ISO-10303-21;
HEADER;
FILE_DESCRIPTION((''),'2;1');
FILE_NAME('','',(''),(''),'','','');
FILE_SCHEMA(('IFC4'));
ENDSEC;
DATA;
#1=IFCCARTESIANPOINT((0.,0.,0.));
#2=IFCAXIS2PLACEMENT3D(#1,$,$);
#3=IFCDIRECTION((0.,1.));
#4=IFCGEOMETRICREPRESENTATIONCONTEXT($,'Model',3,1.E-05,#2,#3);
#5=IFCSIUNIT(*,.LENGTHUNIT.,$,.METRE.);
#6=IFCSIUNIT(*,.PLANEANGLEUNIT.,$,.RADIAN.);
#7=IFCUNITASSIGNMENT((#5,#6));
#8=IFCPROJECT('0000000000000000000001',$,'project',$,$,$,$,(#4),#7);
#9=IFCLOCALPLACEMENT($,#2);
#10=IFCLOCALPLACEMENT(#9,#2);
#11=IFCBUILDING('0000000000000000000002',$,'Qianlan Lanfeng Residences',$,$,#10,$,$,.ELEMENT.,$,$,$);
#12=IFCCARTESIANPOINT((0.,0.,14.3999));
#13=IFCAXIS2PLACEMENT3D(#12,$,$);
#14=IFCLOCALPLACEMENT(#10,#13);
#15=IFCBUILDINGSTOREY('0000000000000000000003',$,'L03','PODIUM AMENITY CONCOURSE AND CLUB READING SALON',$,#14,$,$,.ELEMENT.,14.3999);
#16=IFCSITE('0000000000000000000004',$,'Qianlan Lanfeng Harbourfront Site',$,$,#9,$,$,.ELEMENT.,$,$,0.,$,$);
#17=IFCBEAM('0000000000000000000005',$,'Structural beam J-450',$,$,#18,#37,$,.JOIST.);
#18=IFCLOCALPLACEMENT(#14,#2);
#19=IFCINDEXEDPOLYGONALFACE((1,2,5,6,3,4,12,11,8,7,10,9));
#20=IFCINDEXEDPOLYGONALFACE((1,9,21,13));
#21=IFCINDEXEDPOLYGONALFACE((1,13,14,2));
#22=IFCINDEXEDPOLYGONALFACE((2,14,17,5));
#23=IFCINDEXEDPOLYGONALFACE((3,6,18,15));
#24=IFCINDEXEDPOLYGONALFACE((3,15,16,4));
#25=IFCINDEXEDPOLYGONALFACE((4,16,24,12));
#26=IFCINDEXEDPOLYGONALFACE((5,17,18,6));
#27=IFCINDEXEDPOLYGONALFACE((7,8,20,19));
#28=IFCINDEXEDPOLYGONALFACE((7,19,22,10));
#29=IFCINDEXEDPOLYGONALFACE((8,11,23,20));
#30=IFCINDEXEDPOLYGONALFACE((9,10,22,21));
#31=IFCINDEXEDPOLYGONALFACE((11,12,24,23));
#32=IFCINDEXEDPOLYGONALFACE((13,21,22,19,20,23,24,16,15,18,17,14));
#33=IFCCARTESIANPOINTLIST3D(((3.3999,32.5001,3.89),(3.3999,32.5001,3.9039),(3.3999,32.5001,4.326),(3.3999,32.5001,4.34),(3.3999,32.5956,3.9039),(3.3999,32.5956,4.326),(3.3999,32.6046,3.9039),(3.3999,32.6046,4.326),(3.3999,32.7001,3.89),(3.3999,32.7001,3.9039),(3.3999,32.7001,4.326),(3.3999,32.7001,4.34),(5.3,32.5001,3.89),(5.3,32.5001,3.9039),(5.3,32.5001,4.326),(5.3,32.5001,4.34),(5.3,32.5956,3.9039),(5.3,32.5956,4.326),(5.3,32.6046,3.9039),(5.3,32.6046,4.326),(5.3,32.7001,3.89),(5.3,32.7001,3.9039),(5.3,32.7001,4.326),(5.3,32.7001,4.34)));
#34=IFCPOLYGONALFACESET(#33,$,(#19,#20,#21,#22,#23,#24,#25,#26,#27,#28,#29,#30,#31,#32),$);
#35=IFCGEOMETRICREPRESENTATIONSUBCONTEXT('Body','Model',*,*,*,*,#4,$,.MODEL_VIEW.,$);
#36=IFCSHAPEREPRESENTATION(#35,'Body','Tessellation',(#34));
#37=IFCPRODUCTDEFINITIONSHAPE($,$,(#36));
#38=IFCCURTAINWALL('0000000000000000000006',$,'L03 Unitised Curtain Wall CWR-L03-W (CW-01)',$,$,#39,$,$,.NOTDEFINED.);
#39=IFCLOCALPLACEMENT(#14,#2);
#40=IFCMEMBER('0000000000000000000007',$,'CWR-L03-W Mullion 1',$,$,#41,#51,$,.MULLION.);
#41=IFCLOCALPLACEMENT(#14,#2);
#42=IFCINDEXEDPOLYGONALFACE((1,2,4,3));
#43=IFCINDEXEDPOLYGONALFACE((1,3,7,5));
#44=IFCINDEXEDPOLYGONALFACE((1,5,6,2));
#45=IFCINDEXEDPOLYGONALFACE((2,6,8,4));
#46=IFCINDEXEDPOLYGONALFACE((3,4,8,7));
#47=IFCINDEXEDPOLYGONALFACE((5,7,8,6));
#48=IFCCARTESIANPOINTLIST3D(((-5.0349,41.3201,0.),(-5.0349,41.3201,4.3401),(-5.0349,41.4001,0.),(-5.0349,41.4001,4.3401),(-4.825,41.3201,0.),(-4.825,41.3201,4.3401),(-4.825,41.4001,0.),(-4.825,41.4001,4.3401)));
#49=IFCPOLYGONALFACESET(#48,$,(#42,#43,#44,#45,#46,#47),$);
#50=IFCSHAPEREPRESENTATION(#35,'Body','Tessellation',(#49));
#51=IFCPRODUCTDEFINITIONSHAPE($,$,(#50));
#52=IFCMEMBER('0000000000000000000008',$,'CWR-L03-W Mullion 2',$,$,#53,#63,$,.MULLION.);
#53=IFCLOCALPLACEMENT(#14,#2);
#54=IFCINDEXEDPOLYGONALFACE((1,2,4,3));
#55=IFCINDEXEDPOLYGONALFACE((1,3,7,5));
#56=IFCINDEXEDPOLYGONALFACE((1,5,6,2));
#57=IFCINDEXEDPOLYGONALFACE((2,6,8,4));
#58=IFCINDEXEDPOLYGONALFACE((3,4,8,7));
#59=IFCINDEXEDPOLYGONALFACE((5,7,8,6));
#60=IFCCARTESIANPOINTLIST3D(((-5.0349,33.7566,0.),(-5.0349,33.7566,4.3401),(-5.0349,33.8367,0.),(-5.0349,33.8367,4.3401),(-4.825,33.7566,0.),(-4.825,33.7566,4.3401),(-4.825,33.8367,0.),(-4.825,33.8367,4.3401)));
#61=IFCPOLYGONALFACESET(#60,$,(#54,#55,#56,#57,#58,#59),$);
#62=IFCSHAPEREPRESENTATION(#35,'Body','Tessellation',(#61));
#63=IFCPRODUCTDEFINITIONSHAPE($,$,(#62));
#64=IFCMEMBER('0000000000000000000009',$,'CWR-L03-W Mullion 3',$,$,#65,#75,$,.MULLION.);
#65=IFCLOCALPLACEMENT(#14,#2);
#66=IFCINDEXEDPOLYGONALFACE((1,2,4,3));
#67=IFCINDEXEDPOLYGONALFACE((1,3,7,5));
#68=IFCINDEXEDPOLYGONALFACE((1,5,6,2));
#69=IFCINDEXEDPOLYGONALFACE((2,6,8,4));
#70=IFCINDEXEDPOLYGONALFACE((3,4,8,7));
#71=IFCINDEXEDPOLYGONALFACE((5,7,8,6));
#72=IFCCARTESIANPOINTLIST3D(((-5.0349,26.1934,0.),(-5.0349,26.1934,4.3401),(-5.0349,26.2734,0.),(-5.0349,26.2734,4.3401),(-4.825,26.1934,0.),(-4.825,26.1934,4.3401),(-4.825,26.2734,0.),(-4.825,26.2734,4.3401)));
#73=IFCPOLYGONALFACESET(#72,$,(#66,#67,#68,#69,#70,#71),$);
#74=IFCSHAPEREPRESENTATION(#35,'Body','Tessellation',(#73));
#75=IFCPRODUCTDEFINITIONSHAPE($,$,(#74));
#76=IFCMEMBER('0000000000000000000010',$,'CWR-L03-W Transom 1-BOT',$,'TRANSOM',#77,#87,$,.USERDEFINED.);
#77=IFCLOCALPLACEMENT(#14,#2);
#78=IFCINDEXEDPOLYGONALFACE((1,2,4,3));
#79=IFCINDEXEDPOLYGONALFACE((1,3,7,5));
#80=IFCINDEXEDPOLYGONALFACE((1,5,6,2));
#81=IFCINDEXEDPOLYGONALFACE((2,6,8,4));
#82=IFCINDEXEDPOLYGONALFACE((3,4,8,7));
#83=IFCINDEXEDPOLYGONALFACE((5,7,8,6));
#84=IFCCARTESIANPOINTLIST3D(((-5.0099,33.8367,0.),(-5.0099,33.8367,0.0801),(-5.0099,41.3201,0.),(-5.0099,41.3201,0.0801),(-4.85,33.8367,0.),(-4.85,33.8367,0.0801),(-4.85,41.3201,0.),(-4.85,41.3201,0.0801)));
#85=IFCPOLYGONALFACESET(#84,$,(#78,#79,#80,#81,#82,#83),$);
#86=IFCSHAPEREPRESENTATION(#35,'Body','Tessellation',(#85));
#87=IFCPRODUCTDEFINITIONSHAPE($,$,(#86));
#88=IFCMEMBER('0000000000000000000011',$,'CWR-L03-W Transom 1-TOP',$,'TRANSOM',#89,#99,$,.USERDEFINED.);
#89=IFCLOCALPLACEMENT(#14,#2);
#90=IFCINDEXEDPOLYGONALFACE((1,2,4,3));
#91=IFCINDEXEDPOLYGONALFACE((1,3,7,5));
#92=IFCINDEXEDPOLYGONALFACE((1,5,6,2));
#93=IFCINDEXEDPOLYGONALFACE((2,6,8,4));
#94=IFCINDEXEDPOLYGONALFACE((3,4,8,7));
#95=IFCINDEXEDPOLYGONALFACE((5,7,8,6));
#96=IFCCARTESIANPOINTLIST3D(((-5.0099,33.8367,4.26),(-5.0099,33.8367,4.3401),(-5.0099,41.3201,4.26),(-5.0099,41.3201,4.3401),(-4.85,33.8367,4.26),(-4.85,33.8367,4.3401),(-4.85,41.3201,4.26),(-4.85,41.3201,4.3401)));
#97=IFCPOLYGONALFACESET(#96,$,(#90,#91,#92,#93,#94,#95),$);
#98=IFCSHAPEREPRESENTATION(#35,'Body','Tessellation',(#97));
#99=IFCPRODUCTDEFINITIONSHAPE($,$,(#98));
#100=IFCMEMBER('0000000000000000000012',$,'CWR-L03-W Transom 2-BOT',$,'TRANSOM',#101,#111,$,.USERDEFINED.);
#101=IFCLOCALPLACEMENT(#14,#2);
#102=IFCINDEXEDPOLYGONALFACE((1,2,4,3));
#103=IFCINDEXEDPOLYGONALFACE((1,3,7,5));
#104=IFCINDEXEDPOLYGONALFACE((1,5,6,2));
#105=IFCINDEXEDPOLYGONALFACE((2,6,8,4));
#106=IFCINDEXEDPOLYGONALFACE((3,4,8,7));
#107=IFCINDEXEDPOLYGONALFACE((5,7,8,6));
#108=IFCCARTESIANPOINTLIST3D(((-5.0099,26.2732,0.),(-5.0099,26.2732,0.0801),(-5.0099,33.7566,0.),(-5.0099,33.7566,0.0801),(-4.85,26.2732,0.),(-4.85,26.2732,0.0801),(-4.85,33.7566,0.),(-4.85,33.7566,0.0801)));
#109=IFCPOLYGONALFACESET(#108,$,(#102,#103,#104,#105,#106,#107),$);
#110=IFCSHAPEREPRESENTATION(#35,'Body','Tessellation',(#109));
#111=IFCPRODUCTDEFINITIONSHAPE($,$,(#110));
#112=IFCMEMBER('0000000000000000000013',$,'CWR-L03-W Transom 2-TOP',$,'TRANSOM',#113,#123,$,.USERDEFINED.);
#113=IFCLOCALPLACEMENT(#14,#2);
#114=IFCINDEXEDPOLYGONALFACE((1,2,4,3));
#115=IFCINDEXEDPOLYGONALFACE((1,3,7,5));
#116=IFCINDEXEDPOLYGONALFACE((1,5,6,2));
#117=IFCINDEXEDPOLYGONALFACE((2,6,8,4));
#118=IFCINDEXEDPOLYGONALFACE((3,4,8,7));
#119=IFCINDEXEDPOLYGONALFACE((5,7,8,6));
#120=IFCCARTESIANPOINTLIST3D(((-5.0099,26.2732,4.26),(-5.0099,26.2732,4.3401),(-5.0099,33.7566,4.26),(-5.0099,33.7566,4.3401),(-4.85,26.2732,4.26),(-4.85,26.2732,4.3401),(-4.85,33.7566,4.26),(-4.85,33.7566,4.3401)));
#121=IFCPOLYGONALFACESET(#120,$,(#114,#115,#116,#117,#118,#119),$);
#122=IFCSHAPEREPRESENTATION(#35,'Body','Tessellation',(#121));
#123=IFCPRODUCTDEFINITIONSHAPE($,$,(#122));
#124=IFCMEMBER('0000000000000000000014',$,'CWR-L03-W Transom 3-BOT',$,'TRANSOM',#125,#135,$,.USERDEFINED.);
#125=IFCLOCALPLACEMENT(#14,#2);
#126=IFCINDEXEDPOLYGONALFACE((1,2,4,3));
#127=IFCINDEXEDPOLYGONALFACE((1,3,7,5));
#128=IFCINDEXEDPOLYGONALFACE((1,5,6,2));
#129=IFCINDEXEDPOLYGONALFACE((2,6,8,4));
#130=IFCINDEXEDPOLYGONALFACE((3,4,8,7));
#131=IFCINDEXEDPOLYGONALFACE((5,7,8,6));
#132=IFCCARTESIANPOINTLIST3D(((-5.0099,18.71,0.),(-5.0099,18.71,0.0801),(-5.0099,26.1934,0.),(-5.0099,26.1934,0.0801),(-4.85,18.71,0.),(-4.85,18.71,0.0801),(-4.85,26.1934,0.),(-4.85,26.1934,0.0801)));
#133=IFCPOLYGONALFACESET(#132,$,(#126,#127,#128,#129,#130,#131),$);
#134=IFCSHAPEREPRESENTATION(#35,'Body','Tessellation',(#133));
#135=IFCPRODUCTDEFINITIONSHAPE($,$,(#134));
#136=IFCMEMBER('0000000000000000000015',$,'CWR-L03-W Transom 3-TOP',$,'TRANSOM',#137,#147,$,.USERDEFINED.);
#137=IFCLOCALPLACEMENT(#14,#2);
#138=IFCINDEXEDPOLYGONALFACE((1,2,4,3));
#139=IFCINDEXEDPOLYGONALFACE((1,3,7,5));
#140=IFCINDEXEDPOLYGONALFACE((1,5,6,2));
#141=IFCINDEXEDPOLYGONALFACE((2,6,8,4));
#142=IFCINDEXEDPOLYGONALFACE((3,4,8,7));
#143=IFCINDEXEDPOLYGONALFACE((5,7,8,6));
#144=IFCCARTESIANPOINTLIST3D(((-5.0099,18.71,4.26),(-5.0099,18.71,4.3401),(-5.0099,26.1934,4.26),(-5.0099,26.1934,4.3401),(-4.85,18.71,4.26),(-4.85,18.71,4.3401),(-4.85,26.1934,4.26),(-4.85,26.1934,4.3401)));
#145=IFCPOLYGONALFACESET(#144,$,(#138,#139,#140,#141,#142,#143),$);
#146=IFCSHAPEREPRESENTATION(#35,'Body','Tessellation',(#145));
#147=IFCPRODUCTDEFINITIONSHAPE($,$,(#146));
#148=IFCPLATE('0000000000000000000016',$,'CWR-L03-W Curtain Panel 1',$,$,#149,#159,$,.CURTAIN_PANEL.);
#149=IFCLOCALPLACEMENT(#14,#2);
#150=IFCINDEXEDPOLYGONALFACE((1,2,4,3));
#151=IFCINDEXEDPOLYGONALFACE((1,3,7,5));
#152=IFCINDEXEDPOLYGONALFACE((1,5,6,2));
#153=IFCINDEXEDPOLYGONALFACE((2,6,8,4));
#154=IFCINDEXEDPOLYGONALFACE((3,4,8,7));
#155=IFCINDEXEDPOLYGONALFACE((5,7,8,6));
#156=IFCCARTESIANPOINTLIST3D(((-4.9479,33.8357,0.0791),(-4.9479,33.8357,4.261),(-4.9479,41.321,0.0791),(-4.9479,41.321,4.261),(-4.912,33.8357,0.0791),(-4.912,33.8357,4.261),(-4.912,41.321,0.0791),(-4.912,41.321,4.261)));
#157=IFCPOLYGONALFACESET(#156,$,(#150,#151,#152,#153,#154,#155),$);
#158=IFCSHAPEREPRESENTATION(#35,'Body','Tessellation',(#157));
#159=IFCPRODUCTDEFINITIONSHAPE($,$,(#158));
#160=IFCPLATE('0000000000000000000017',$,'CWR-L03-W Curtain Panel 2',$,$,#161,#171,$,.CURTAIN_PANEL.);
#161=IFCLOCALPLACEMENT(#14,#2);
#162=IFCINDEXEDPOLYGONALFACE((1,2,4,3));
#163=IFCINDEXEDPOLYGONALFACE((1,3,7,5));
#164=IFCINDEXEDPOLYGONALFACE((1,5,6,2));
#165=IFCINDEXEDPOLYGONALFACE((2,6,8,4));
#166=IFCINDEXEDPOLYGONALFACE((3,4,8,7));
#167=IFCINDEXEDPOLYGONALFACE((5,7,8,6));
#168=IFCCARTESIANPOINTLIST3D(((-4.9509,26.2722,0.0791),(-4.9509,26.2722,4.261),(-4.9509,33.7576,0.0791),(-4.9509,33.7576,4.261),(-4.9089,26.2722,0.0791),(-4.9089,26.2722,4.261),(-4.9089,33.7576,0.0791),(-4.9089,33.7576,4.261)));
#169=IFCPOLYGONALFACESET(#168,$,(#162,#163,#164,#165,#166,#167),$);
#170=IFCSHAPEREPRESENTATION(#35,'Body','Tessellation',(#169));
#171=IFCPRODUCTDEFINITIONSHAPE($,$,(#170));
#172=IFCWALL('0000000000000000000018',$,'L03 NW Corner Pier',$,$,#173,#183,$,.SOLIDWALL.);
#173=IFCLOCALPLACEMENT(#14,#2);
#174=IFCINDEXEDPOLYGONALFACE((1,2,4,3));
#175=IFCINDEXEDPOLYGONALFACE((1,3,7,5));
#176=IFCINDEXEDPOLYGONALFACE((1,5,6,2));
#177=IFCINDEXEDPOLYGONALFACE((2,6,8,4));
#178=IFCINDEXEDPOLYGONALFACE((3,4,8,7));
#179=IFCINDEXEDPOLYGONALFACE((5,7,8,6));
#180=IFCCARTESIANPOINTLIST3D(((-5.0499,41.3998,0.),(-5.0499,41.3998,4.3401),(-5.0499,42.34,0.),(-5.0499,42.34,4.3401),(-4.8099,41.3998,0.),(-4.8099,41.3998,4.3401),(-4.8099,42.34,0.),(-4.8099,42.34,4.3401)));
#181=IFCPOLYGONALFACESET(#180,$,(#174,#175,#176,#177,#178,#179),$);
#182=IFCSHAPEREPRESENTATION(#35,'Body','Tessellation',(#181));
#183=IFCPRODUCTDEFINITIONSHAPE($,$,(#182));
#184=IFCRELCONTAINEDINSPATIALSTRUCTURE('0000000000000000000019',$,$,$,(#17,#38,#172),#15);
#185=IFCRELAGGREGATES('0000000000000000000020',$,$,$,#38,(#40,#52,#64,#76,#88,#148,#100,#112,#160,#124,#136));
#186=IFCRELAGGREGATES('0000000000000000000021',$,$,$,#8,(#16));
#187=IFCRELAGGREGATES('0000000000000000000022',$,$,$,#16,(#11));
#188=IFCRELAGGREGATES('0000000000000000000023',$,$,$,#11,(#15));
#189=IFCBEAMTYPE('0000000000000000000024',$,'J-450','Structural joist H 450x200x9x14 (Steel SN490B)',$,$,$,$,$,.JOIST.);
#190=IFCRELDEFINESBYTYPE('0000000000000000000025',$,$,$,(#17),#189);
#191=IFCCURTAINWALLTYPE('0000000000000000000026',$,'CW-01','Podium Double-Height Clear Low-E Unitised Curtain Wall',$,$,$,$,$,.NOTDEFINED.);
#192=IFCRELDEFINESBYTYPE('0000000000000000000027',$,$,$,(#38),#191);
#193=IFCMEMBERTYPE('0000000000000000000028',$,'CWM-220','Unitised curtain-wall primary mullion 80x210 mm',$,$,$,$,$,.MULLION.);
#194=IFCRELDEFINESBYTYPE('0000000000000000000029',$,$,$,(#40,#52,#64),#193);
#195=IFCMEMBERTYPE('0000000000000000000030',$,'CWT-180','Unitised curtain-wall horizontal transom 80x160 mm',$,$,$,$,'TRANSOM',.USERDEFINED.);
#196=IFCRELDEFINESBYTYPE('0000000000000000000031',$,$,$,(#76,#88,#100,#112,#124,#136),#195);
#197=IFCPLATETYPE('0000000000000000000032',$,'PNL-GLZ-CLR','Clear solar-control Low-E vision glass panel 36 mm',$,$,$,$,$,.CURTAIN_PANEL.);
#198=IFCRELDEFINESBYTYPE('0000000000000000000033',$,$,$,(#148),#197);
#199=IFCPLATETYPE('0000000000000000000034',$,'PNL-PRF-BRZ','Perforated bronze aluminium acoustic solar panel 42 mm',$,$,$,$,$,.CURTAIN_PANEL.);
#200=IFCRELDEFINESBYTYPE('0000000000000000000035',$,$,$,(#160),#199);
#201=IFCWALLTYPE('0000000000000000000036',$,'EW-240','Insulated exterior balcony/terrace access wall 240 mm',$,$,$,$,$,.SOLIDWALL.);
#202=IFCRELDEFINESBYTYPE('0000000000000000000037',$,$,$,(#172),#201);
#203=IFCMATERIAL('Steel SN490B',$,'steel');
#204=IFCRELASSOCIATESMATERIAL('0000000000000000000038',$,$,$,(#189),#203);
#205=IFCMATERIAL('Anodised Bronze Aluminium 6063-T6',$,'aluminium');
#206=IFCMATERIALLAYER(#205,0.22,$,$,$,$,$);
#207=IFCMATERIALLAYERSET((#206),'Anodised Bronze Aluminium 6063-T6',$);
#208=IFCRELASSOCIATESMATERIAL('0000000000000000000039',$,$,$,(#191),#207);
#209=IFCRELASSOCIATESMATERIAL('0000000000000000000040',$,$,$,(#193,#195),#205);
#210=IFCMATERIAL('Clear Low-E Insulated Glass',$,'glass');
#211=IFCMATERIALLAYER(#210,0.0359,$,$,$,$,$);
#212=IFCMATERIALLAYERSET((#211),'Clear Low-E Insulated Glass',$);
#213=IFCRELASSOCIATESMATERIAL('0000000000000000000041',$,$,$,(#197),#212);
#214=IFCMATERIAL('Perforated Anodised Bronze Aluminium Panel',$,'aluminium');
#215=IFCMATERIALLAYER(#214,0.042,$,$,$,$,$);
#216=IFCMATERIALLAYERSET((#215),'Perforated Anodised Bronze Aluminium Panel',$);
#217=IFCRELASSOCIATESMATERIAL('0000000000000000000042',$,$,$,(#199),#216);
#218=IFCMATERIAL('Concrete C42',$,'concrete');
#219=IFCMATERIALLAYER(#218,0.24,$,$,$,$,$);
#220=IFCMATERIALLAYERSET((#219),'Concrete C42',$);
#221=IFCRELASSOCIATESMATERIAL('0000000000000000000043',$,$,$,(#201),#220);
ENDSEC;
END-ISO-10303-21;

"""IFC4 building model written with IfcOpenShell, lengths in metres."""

from ifc_helpers import new_model, si_unit, direction, frame, frame_2d, origin, origin_2d, place, context, subcontext, project, spatial, rectangle, i_section, extrude, source, transform, mapped, material, layer, layer_set, material_profile, profile_set, type_object, element, aggregate, save


model = new_model("IFC4")

# Units and contexts
model_context = context("Model", 3, precision=1e-05, world=origin(), true_north=direction((0.0, 1.0)))
body_context = subcontext(model_context, "Body", "Model", "MODEL_VIEW")
ifc_project = project(units=[si_unit("LENGTHUNIT", "METRE"), si_unit("PLANEANGLEUNIT", "RADIAN")], contexts=[model_context])

# Site, building, storey
site_placement = place(None, origin())
site = spatial("IfcSite", under=ifc_project, at=site_placement, Name="Qianlan Lanfeng Harbourfront Site", CompositionType="ELEMENT", RefElevation=0.0)
building_placement = place(site_placement, origin())
building = spatial("IfcBuilding", under=site, at=building_placement, Name="Qianlan Lanfeng Residences", CompositionType="ELEMENT")
storey_placement = place(building_placement, frame((0.0, 0.0, 14.3999)))
storey = spatial("IfcBuildingStorey", under=building, at=storey_placement, Name="L03", Description="PODIUM AMENITY CONCOURSE AND CLUB READING SALON", CompositionType="ELEMENT", Elevation=14.3999)

# Beam
ifc_material_1 = material(Name="Steel SN490B", Category="steel")
ifc_material_profile_1 = material_profile(ifc_material_1, i_section(OverallWidth=0.2, OverallDepth=0.45, WebThickness=0.009, FlangeThickness=0.0139, at=origin_2d()), Name="H 450x200x9x14")
ifc_profile_set_1 = profile_set([ifc_material_profile_1], Name="Steel SN490B")
beam_type_1 = type_object("IfcBeamType", Name="J-450", Description="Structural joist H 450x200x9x14 (Steel SN490B)", PredefinedType="JOIST", material=ifc_profile_set_1)
for number, where, z_axis, x_axis, name in (
    (1, (3.3999, 32.6001, 4.115), (1.0, 0.0, 0.0), (0.0, 1.0, 0.0), "Structural beam J-450"),
):
    element("IfcBeam", number, at=place(storey_placement, frame(where, z_axis=z_axis, x_axis=x_axis)), inside=storey, type_object=beam_type_1, Name=name, PredefinedType="JOIST", context=body_context, shape_type="SweptSolid", body=[
        extrude(i_section(OverallWidth=0.2, OverallDepth=0.45, WebThickness=0.009, FlangeThickness=0.0139, at=origin_2d()), origin(), (0.0, 0.0, 1.0), 1.9001),
    ])

# Curtain wall, members, plates
ifc_material_2 = material(Name="Anodised Bronze Aluminium 6063-T6", Category="aluminium")
ifc_layer_1 = layer(ifc_material_2, 0.22)
ifc_layer_set_1 = layer_set([ifc_layer_1], Name="Anodised Bronze Aluminium 6063-T6")
curtain_wall_type = type_object("IfcCurtainWallType", Name="CW-01", Description="Podium Double-Height Clear Low-E Unitised Curtain Wall", PredefinedType="NOTDEFINED", material=ifc_layer_set_1)
curtain_wall_placement = place(storey_placement, origin())
curtain_wall = element("IfcCurtainWall", 2, at=curtain_wall_placement, inside=storey, type_object=curtain_wall_type, Name="L03 Unitised Curtain Wall CWR-L03-W (CW-01)", PredefinedType="NOTDEFINED")
ifc_material_profile_2 = material_profile(ifc_material_2, rectangle(XDim=0.0801, YDim=0.21, at=origin_2d()), Name="ALU MULLION 80x210")
ifc_profile_set_2 = profile_set([ifc_material_profile_2], Name="Anodised Bronze Aluminium 6063-T6")
member_type_1 = type_object("IfcMemberType", Name="CWM-220", Description="Unitised curtain-wall primary mullion 80x210 mm", PredefinedType="MULLION", material=ifc_profile_set_2)
shared_shape_1 = source(origin(), body_context, "Body", "SweptSolid", [
    extrude(rectangle(XDim=0.0801, YDim=0.21, at=origin_2d()), origin(), (0.0, 0.0, 1.0), 4.3401),
])
member_1_placement = place(storey_placement, frame((-4.9299, 41.3601, 0.0), z_axis=(0.0, 0.0, 1.0), x_axis=(0.0, -1.0, 0.0)))
member_1 = element("IfcMember", 3, at=member_1_placement, type_object=member_type_1, Name="CWR-L03-W Mullion 1", PredefinedType="MULLION", context=body_context, shape_type="MappedRepresentation", body=[
    mapped(shared_shape_1, transform((0.0, 0.0, 0.0), scale=1.0)),
])
member_2_placement = place(storey_placement, frame((-4.9299, 33.7966, 0.0), z_axis=(0.0, 0.0, 1.0), x_axis=(0.0, -1.0, 0.0)))
member_2 = element("IfcMember", 4, at=member_2_placement, type_object=member_type_1, Name="CWR-L03-W Mullion 2", PredefinedType="MULLION", context=body_context, shape_type="MappedRepresentation", body=[
    mapped(shared_shape_1, transform((0.0, 0.0, 0.0), scale=1.0)),
])
member_3_placement = place(storey_placement, frame((-4.9299, 26.2334, 0.0), z_axis=(0.0, 0.0, 1.0), x_axis=(0.0, -1.0, 0.0)))
member_3 = element("IfcMember", 5, at=member_3_placement, type_object=member_type_1, Name="CWR-L03-W Mullion 3", PredefinedType="MULLION", context=body_context, shape_type="MappedRepresentation", body=[
    mapped(shared_shape_1, transform((0.0, 0.0, 0.0), scale=1.0)),
])
ifc_material_profile_3 = material_profile(ifc_material_2, rectangle(XDim=0.0801, YDim=0.1599, at=origin_2d()), Name="ALU TRANSOM 80x160")
ifc_profile_set_3 = profile_set([ifc_material_profile_3], Name="Anodised Bronze Aluminium 6063-T6")
member_type_2 = type_object("IfcMemberType", Name="CWT-180", Description="Unitised curtain-wall horizontal transom 80x160 mm", ElementType="TRANSOM", PredefinedType="USERDEFINED", material=ifc_profile_set_3)
shared_shape_2 = source(origin(), body_context, "Body", "SweptSolid", [
    extrude(rectangle(XDim=0.0801, YDim=0.1599, at=origin_2d()), origin(), (0.0, 0.0, 1.0), 7.4834),
])
member_4_placement = place(storey_placement, frame((-4.9299, 41.3201, 0.04), z_axis=(0.0, -1.0, 0.0), x_axis=(0.0, 0.0, 1.0)))
member_4 = element("IfcMember", 6, at=member_4_placement, type_object=member_type_2, Name="CWR-L03-W Transom 1-BOT", ObjectType="TRANSOM", PredefinedType="USERDEFINED", context=body_context, shape_type="MappedRepresentation", body=[
    mapped(shared_shape_2, transform((0.0, 0.0, 0.0), scale=1.0)),
])
member_5_placement = place(storey_placement, frame((-4.9299, 41.3201, 4.3), z_axis=(0.0, -1.0, 0.0), x_axis=(0.0, 0.0, 1.0)))
member_5 = element("IfcMember", 7, at=member_5_placement, type_object=member_type_2, Name="CWR-L03-W Transom 1-TOP", ObjectType="TRANSOM", PredefinedType="USERDEFINED", context=body_context, shape_type="MappedRepresentation", body=[
    mapped(shared_shape_2, transform((0.0, 0.0, 0.0), scale=1.0)),
])
member_6_placement = place(storey_placement, frame((-4.9299, 33.7566, 0.04), z_axis=(0.0, -1.0, 0.0), x_axis=(0.0, 0.0, 1.0)))
member_6 = element("IfcMember", 8, at=member_6_placement, type_object=member_type_2, Name="CWR-L03-W Transom 2-BOT", ObjectType="TRANSOM", PredefinedType="USERDEFINED", context=body_context, shape_type="MappedRepresentation", body=[
    mapped(shared_shape_2, transform((0.0, 0.0, 0.0), scale=1.0)),
])
member_7_placement = place(storey_placement, frame((-4.9299, 33.7566, 4.3), z_axis=(0.0, -1.0, 0.0), x_axis=(0.0, 0.0, 1.0)))
member_7 = element("IfcMember", 9, at=member_7_placement, type_object=member_type_2, Name="CWR-L03-W Transom 2-TOP", ObjectType="TRANSOM", PredefinedType="USERDEFINED", context=body_context, shape_type="MappedRepresentation", body=[
    mapped(shared_shape_2, transform((0.0, 0.0, 0.0), scale=1.0)),
])
member_8_placement = place(storey_placement, frame((-4.9299, 26.1934, 0.04), z_axis=(0.0, -1.0, 0.0), x_axis=(0.0, 0.0, 1.0)))
member_8 = element("IfcMember", 10, at=member_8_placement, type_object=member_type_2, Name="CWR-L03-W Transom 3-BOT", ObjectType="TRANSOM", PredefinedType="USERDEFINED", context=body_context, shape_type="MappedRepresentation", body=[
    mapped(shared_shape_2, transform((0.0, 0.0, 0.0), scale=1.0)),
])
member_9_placement = place(storey_placement, frame((-4.9299, 26.1934, 4.3), z_axis=(0.0, -1.0, 0.0), x_axis=(0.0, 0.0, 1.0)))
member_9 = element("IfcMember", 11, at=member_9_placement, type_object=member_type_2, Name="CWR-L03-W Transom 3-TOP", ObjectType="TRANSOM", PredefinedType="USERDEFINED", context=body_context, shape_type="MappedRepresentation", body=[
    mapped(shared_shape_2, transform((0.0, 0.0, 0.0), scale=1.0)),
])
ifc_material_3 = material(Name="Clear Low-E Insulated Glass", Category="glass")
ifc_layer_2 = layer(ifc_material_3, 0.0359)
ifc_layer_set_2 = layer_set([ifc_layer_2], Name="Clear Low-E Insulated Glass")
plate_type_1 = type_object("IfcPlateType", Name="PNL-GLZ-CLR", Description="Clear solar-control Low-E vision glass panel 36 mm", PredefinedType="CURTAIN_PANEL", material=ifc_layer_set_2)
shared_shape_3 = source(origin(), body_context, "Body", "SweptSolid", [
    extrude(rectangle(XDim=7.4854, YDim=0.0359, at=origin_2d()), origin(), (0.0, 0.0, 1.0), 4.1819),
])
plate_1_placement = place(storey_placement, frame((-4.9299, 37.5784, 0.0791), z_axis=(0.0, 0.0, 1.0), x_axis=(0.0, -1.0, 0.0)))
plate_1 = element("IfcPlate", 12, at=plate_1_placement, type_object=plate_type_1, Name="CWR-L03-W Curtain Panel 1", PredefinedType="CURTAIN_PANEL", context=body_context, shape_type="MappedRepresentation", body=[
    mapped(shared_shape_3, transform((0.0, 0.0, 0.0), scale=1.0)),
])
ifc_material_4 = material(Name="Perforated Anodised Bronze Aluminium Panel", Category="aluminium")
ifc_layer_3 = layer(ifc_material_4, 0.042)
ifc_layer_set_3 = layer_set([ifc_layer_3], Name="Perforated Anodised Bronze Aluminium Panel")
plate_type_2 = type_object("IfcPlateType", Name="PNL-PRF-BRZ", Description="Perforated bronze aluminium acoustic solar panel 42 mm", PredefinedType="CURTAIN_PANEL", material=ifc_layer_set_3)
shared_shape_4 = source(origin(), body_context, "Body", "SweptSolid", [
    extrude(rectangle(XDim=7.4854, YDim=0.042, at=origin_2d()), origin(), (0.0, 0.0, 1.0), 4.1819),
])
plate_2_placement = place(storey_placement, frame((-4.9299, 30.0149, 0.0791), z_axis=(0.0, 0.0, 1.0), x_axis=(0.0, -1.0, 0.0)))
plate_2 = element("IfcPlate", 13, at=plate_2_placement, type_object=plate_type_2, Name="CWR-L03-W Curtain Panel 2", PredefinedType="CURTAIN_PANEL", context=body_context, shape_type="MappedRepresentation", body=[
    mapped(shared_shape_4, transform((0.0, 0.0, 0.0), scale=1.0)),
])
aggregate(curtain_wall, [member_1, member_2, member_3, member_4, member_5, plate_1, member_6, member_7, plate_2, member_8, member_9])

# Wall
ifc_material_5 = material(Name="Concrete C42", Category="concrete")
ifc_layer_4 = layer(ifc_material_5, 0.24)
ifc_layer_set_4 = layer_set([ifc_layer_4], Name="Concrete C42")
wall_type = type_object("IfcWallType", Name="EW-240", Description="Insulated exterior balcony/terrace access wall 240 mm", PredefinedType="SOLIDWALL", material=ifc_layer_set_4)
wall_placement = place(storey_placement, frame((-4.9299, 42.3401, 0.0), z_axis=(0.0, 0.0, 1.0), x_axis=(0.0, -1.0, 0.0)))
element("IfcWall", 14, at=wall_placement, inside=storey, type_object=wall_type, Name="L03 NW Corner Pier", PredefinedType="SOLIDWALL", context=body_context, shape_type="SweptSolid", body=[
    extrude(rectangle(XDim=0.9402, YDim=0.24, at=frame_2d((0.4702, 0.0))), origin(), (0.0, 0.0, 1.0), 4.3401),
])

save(model, "model.ifc")
